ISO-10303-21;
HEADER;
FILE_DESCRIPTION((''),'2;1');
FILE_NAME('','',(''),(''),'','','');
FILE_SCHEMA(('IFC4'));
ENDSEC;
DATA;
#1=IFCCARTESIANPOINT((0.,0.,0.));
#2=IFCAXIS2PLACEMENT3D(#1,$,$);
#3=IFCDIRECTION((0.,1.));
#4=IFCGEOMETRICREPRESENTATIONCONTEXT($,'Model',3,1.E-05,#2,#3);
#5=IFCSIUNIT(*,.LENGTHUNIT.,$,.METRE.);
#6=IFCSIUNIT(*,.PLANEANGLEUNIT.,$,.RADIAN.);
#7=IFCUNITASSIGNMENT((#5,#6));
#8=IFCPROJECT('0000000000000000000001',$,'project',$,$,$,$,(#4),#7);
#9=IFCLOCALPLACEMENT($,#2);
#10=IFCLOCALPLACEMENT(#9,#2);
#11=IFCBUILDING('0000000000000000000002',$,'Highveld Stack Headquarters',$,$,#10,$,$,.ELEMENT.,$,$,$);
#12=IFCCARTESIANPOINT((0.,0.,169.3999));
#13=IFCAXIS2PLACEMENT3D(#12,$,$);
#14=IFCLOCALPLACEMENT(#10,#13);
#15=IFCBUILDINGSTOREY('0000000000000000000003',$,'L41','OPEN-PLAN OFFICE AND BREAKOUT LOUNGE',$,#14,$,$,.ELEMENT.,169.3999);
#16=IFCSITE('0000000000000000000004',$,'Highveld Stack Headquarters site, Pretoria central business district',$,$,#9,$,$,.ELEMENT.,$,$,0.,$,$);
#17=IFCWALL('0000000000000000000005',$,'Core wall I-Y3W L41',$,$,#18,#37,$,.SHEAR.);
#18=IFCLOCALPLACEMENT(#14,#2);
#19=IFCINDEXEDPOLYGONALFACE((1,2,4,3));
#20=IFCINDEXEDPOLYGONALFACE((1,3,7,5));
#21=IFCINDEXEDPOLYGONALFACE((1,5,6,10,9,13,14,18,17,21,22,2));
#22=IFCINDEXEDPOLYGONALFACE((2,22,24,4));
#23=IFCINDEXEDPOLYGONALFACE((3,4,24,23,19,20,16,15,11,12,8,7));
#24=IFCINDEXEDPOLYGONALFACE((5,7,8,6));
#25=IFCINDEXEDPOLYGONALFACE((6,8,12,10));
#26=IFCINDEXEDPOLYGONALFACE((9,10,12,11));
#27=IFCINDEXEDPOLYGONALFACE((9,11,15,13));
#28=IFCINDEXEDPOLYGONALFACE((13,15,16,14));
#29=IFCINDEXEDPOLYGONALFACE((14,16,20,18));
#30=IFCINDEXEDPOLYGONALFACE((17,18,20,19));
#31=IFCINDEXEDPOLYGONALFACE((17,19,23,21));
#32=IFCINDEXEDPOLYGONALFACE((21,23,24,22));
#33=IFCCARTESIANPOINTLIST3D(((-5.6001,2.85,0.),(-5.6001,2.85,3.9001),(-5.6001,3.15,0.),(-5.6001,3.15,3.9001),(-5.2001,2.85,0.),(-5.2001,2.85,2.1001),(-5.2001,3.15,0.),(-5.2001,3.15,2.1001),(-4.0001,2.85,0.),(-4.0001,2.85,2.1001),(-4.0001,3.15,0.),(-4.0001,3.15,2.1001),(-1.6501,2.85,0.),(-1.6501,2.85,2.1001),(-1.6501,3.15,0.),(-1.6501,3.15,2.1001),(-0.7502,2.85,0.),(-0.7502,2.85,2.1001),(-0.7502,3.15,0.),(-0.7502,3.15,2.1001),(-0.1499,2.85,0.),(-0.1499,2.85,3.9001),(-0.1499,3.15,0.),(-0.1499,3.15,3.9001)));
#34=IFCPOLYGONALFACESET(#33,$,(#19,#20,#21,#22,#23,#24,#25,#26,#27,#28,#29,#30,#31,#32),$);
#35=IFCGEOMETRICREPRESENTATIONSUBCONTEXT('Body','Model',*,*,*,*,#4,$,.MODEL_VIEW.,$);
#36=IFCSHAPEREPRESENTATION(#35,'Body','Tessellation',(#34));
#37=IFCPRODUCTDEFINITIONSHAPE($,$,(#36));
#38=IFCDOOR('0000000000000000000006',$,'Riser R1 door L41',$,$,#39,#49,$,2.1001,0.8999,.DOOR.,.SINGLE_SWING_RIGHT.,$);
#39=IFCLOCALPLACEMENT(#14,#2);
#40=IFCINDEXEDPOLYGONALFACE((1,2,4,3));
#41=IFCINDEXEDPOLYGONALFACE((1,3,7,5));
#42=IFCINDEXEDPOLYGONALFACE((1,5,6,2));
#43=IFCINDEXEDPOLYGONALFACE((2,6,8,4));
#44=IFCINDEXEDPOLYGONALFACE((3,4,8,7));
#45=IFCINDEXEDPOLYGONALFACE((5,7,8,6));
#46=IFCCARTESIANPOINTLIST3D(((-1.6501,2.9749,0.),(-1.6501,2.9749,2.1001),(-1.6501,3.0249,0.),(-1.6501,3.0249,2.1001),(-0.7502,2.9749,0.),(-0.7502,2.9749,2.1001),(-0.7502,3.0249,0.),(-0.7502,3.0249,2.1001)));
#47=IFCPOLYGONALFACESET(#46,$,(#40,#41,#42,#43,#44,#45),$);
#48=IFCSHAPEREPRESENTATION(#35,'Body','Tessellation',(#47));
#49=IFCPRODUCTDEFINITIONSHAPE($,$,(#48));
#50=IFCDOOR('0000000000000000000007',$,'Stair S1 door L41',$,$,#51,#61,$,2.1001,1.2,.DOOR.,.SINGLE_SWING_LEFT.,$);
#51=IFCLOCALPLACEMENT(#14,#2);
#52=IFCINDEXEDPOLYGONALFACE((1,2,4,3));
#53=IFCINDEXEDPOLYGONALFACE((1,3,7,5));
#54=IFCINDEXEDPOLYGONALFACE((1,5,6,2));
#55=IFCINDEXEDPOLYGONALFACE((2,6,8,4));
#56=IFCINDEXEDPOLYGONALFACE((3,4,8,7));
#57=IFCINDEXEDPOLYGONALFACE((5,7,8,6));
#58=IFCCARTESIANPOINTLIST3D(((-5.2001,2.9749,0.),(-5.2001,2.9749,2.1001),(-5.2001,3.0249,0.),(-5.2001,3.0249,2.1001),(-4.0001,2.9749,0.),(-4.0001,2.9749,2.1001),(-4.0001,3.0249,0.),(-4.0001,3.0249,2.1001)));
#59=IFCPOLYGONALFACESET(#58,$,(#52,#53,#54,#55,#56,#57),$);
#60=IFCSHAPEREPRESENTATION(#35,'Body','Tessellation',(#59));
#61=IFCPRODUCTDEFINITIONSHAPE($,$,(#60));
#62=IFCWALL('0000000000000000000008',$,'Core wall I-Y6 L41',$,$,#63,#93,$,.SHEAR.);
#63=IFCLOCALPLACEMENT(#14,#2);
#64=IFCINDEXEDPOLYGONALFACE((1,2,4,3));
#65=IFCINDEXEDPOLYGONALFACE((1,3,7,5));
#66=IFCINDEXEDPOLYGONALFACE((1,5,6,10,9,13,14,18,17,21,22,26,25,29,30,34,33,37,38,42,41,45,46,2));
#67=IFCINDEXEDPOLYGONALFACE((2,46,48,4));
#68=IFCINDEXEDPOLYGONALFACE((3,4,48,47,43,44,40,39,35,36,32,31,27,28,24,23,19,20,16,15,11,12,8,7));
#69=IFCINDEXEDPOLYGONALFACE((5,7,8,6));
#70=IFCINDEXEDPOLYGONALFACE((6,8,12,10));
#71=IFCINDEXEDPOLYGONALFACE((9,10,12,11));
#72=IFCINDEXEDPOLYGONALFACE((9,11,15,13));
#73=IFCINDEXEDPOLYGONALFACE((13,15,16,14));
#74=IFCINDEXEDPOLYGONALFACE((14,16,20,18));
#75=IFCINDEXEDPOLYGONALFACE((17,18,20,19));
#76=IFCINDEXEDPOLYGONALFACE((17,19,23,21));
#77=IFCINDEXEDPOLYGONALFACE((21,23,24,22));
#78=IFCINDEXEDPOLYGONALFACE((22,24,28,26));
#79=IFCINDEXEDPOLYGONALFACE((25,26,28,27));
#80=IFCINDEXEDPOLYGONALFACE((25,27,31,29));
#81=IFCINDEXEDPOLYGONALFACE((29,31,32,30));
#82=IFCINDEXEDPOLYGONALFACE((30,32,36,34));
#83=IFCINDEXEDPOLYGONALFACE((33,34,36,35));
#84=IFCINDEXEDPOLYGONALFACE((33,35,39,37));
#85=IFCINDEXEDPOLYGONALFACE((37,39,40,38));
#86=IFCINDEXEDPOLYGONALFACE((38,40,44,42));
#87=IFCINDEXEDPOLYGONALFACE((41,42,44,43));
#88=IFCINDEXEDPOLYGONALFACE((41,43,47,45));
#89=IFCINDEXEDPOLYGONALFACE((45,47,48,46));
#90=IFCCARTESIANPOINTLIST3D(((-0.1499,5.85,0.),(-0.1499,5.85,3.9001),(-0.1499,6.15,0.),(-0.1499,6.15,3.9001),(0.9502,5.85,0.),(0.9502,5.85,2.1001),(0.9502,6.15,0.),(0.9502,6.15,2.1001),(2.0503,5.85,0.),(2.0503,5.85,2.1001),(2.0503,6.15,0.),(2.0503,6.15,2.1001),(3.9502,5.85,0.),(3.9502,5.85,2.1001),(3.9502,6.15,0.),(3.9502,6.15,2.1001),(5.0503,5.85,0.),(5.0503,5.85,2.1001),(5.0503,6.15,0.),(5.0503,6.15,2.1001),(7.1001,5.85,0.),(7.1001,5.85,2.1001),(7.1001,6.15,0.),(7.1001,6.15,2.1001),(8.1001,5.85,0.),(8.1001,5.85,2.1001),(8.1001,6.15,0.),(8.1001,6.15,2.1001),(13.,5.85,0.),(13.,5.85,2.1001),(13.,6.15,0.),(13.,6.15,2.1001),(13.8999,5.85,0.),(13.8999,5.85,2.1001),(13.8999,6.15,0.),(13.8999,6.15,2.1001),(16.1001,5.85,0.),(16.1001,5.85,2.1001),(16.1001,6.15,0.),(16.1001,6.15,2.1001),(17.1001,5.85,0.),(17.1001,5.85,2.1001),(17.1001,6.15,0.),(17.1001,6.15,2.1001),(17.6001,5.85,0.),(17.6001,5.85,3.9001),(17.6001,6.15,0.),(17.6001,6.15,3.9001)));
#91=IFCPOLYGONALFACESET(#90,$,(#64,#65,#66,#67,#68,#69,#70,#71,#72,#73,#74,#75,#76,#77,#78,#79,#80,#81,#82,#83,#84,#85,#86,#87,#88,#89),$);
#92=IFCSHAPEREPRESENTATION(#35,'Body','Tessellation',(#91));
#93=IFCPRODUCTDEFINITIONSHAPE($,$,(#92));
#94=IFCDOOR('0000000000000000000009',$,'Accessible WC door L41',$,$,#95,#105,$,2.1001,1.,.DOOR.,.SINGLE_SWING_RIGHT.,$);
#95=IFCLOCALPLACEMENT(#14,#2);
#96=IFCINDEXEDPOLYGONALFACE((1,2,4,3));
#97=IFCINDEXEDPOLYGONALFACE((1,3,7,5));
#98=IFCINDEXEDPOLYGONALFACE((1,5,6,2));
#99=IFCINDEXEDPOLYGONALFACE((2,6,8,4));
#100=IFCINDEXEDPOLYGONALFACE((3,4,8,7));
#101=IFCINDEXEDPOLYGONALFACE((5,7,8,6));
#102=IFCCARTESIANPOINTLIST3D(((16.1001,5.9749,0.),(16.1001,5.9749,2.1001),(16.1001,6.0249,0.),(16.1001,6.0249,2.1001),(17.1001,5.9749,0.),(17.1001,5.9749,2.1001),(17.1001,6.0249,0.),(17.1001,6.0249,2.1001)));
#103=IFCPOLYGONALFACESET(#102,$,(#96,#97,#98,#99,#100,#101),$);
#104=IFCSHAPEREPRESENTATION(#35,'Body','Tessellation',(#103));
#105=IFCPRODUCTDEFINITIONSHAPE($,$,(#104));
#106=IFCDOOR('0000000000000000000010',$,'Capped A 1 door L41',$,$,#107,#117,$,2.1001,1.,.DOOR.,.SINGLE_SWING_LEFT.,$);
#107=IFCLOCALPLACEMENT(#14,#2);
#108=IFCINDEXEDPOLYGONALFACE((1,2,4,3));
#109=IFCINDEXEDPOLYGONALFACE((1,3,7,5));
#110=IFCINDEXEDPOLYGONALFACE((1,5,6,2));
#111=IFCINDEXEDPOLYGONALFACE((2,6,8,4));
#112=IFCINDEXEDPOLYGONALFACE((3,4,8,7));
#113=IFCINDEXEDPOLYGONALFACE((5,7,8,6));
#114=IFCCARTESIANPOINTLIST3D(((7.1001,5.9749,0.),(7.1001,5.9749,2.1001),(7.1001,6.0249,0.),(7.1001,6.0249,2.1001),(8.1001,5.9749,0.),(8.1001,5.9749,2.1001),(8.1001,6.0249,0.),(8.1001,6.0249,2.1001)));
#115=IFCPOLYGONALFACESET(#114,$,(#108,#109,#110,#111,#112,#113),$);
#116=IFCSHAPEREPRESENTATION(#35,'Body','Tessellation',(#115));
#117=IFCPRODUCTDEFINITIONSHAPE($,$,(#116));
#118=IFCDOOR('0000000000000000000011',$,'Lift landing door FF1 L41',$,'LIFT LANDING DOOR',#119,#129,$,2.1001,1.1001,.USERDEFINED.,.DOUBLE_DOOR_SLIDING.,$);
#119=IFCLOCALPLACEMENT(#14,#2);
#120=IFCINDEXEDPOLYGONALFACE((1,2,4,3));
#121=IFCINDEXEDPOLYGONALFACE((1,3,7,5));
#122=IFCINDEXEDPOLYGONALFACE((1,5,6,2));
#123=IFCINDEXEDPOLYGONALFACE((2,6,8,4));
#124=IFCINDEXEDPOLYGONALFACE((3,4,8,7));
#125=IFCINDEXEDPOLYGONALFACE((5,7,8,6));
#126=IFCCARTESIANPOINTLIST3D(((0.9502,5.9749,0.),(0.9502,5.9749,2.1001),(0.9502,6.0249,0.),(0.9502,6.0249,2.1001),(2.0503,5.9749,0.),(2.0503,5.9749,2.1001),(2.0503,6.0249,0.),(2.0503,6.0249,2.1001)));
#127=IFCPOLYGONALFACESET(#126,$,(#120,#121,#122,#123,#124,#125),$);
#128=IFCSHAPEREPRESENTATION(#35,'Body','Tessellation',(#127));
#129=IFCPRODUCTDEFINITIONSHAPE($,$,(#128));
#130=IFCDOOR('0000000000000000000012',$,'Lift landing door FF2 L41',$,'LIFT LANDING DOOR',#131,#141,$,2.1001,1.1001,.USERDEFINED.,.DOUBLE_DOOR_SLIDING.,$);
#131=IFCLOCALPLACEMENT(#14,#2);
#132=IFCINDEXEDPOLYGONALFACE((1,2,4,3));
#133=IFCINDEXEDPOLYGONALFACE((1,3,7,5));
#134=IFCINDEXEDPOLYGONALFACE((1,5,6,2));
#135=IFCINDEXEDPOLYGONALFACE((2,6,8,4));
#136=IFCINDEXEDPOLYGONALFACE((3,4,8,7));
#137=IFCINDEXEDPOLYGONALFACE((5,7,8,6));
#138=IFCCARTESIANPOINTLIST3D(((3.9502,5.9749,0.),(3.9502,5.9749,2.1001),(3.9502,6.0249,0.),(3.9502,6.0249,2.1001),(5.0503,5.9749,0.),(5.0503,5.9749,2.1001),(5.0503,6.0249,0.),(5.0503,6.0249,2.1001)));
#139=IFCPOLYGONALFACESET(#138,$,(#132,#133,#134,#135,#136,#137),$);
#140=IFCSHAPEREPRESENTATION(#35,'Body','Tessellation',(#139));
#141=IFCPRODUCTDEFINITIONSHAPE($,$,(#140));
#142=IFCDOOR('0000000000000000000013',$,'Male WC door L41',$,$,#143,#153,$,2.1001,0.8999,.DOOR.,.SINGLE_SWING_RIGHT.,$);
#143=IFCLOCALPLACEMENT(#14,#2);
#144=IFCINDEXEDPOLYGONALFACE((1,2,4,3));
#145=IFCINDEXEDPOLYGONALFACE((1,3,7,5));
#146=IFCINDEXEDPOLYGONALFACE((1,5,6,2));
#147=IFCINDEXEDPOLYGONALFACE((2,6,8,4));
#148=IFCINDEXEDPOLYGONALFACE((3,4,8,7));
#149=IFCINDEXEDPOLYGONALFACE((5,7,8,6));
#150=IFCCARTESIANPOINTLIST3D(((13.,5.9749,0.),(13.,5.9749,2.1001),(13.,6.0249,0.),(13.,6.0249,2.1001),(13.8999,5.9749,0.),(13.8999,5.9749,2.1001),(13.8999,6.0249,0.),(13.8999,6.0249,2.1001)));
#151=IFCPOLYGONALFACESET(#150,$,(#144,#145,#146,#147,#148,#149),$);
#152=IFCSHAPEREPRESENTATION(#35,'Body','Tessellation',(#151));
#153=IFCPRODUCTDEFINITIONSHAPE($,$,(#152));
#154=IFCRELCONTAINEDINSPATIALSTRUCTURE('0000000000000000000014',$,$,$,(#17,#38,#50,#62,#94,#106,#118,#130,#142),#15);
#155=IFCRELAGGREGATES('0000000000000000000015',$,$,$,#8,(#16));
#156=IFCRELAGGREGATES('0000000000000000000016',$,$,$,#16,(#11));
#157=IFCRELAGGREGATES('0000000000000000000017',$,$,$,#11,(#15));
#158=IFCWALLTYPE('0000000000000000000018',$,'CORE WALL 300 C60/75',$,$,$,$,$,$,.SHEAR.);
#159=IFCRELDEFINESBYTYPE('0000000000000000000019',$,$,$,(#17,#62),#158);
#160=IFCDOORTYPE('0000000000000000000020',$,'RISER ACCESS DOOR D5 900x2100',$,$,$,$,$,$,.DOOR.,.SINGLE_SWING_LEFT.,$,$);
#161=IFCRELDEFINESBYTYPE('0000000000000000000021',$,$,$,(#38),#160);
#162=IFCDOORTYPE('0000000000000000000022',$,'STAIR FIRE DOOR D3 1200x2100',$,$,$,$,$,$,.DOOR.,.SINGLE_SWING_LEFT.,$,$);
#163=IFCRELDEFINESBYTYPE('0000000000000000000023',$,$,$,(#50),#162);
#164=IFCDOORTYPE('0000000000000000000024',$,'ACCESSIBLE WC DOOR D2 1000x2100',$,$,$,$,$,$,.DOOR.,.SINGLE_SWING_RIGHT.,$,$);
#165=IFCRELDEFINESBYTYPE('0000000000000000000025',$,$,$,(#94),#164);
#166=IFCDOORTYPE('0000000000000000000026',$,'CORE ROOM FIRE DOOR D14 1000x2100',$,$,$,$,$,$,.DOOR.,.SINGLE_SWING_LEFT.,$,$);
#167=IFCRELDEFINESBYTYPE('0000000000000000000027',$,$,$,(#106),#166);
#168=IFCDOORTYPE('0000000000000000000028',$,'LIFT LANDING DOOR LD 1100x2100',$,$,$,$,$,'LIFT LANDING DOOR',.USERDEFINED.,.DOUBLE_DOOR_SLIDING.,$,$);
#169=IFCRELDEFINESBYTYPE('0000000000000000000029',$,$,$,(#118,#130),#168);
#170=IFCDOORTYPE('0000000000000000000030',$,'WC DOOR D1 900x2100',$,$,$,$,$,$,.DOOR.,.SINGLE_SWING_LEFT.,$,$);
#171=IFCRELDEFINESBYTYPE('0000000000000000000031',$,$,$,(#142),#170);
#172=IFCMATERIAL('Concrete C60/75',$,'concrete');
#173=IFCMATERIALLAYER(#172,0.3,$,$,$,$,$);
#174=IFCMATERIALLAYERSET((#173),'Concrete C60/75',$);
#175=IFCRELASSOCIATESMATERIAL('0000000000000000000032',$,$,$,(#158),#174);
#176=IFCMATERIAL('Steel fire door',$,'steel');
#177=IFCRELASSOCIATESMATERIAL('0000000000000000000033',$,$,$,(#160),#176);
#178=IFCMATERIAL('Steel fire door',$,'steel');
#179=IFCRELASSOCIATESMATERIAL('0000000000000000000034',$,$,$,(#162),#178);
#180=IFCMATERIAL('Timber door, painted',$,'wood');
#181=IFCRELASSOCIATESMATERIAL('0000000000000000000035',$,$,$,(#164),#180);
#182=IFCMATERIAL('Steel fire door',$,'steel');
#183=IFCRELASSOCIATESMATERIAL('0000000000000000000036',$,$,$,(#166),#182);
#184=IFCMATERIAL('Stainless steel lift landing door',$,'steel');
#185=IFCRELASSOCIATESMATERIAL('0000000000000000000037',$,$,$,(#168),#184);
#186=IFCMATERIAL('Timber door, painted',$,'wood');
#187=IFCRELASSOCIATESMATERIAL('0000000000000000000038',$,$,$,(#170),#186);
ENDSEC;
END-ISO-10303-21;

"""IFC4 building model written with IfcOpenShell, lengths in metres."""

from ifc_helpers import new_model, si_unit, direction, frame, frame_2d, origin, place, context, subcontext, project, spatial, rectangle, extrude, material, layer, layer_set, type_object, element, fill, save


model = new_model("IFC4")

# Units and contexts
model_context = context("Model", 3, precision=1e-05, world=origin(), true_north=direction((0.0, 1.0)))
body_context = subcontext(model_context, "Body", "Model", "MODEL_VIEW")
ifc_project = project(units=[si_unit("LENGTHUNIT", "METRE"), si_unit("PLANEANGLEUNIT", "RADIAN")], contexts=[model_context])

# Site, building, storey
site_placement = place(None, origin())
site = spatial("IfcSite", under=ifc_project, at=site_placement, Name="Highveld Stack Headquarters site, Pretoria central business district", CompositionType="ELEMENT", RefElevation=0.0)
building_placement = place(site_placement, origin())
building = spatial("IfcBuilding", under=site, at=building_placement, Name="Highveld Stack Headquarters", CompositionType="ELEMENT")
storey_placement = place(building_placement, frame((0.0, 0.0, 169.3999)))
storey = spatial("IfcBuildingStorey", under=building, at=storey_placement, Name="L41", Description="OPEN-PLAN OFFICE AND BREAKOUT LOUNGE", CompositionType="ELEMENT", Elevation=169.3999)

# Walls, openings, doors
ifc_material_1 = material(Name="Concrete C60/75", Category="concrete")
ifc_layer_1 = layer(ifc_material_1, 0.3)
ifc_layer_set_1 = layer_set([ifc_layer_1], Name="Concrete C60/75")
wall_type_1 = type_object("IfcWallType", Name="CORE WALL 300 C60/75", PredefinedType="SHEAR", material=ifc_layer_set_1)
wall_1_placement = place(storey_placement, frame((-5.6001, 3.0, 0.0), z_axis=(0.0, 0.0, 1.0), x_axis=(1.0, 0.0, 0.0)))
wall_1 = element("IfcWall", 1, at=wall_1_placement, inside=storey, type_object=wall_type_1, Name="Core wall I-Y3W L41", PredefinedType="SHEAR", context=body_context, shape_type="SweptSolid", body=[
    extrude(rectangle(XDim=5.4502, YDim=0.3, at=frame_2d((2.7251, 0.0))), origin(), (0.0, 0.0, 1.0), 3.9001),
])
opening_1_placement = place(wall_1_placement, frame((0.3999, 0.0, 0.0)))
opening_1 = element("IfcOpeningElement", 2, at=opening_1_placement, cuts=wall_1, PredefinedType="OPENING", context=body_context, shape_type="SweptSolid", body=[
    extrude(rectangle(XDim=1.2, YDim=2.1001, at=frame_2d((0.6001, 1.05))), frame((0.0, 0.1599, 0.0), z_axis=(0.0, -1.0, 0.0), x_axis=(1.0, 0.0, 0.0)), (0.0, 0.0, 1.0), 0.3201),
])
opening_2_placement = place(wall_1_placement, frame((3.95, 0.0, 0.0)))
opening_2 = element("IfcOpeningElement", 3, at=opening_2_placement, cuts=wall_1, PredefinedType="OPENING", context=body_context, shape_type="SweptSolid", body=[
    extrude(rectangle(XDim=0.8999, YDim=2.1001, at=frame_2d((0.45, 1.05))), frame((0.0, 0.1599, 0.0), z_axis=(0.0, -1.0, 0.0), x_axis=(1.0, 0.0, 0.0)), (0.0, 0.0, 1.0), 0.3201),
])
ifc_material_2 = material(Name="Steel fire door", Category="steel")
door_type_1 = type_object("IfcDoorType", Name="RISER ACCESS DOOR D5 900x2100", OperationType="SINGLE_SWING_LEFT", PredefinedType="DOOR", material=ifc_material_2)
door_1_placement = place(opening_2_placement, origin())
door_1 = element("IfcDoor", 4, at=door_1_placement, inside=storey, type_object=door_type_1, Name="Riser R1 door L41", OperationType="SINGLE_SWING_RIGHT", OverallHeight=2.1001, OverallWidth=0.8999, PredefinedType="DOOR", context=body_context, shape_type="SweptSolid", body=[
    extrude(rectangle(XDim=0.8999, YDim=2.1001, at=frame_2d((0.45, 1.05))), frame((0.0, 0.0249, 0.0), z_axis=(0.0, -1.0, 0.0), x_axis=(1.0, 0.0, 0.0)), (0.0, 0.0, 1.0), 0.05),
])
fill(opening_2, door_1)
ifc_material_3 = material(Name="Steel fire door", Category="steel")
door_type_2 = type_object("IfcDoorType", Name="STAIR FIRE DOOR D3 1200x2100", OperationType="SINGLE_SWING_LEFT", PredefinedType="DOOR", material=ifc_material_3)
door_2_placement = place(opening_1_placement, origin())
door_2 = element("IfcDoor", 5, at=door_2_placement, inside=storey, type_object=door_type_2, Name="Stair S1 door L41", OperationType="SINGLE_SWING_LEFT", OverallHeight=2.1001, OverallWidth=1.2, PredefinedType="DOOR", context=body_context, shape_type="SweptSolid", body=[
    extrude(rectangle(XDim=1.2, YDim=2.1001, at=frame_2d((0.6001, 1.05))), frame((0.0, 0.0249, 0.0), z_axis=(0.0, -1.0, 0.0), x_axis=(1.0, 0.0, 0.0)), (0.0, 0.0, 1.0), 0.05),
])
fill(opening_1, door_2)
wall_2_placement = place(storey_placement, frame((-0.1499, 6.0, 0.0), z_axis=(0.0, 0.0, 1.0), x_axis=(1.0, 0.0, 0.0)))
wall_2 = element("IfcWall", 6, at=wall_2_placement, inside=storey, type_object=wall_type_1, Name="Core wall I-Y6 L41", PredefinedType="SHEAR", context=body_context, shape_type="SweptSolid", body=[
    extrude(rectangle(XDim=17.75, YDim=0.3, at=frame_2d((8.875, 0.0))), origin(), (0.0, 0.0, 1.0), 3.9001),
])
opening_3_placement = place(wall_2_placement, frame((13.1499, 0.0, 0.0)))
opening_3 = element("IfcOpeningElement", 7, at=opening_3_placement, cuts=wall_2, PredefinedType="OPENING", context=body_context, shape_type="SweptSolid", body=[
    extrude(rectangle(XDim=0.8999, YDim=2.1001, at=frame_2d((0.45, 1.05))), frame((0.0, 0.1599, 0.0), z_axis=(0.0, -1.0, 0.0), x_axis=(1.0, 0.0, 0.0)), (0.0, 0.0, 1.0), 0.3201),
])
opening_4_placement = place(wall_2_placement, frame((16.25, 0.0, 0.0)))
opening_4 = element("IfcOpeningElement", 8, at=opening_4_placement, cuts=wall_2, PredefinedType="OPENING", context=body_context, shape_type="SweptSolid", body=[
    extrude(rectangle(XDim=1.0, YDim=2.1001, at=frame_2d((0.5, 1.05))), frame((0.0, 0.1599, 0.0), z_axis=(0.0, -1.0, 0.0), x_axis=(1.0, 0.0, 0.0)), (0.0, 0.0, 1.0), 0.3201),
])
opening_5_placement = place(wall_2_placement, frame((7.25, 0.0, 0.0)))
opening_5 = element("IfcOpeningElement", 9, at=opening_5_placement, cuts=wall_2, PredefinedType="OPENING", context=body_context, shape_type="SweptSolid", body=[
    extrude(rectangle(XDim=1.0, YDim=2.1001, at=frame_2d((0.5, 1.05))), frame((0.0, 0.1599, 0.0), z_axis=(0.0, -1.0, 0.0), x_axis=(1.0, 0.0, 0.0)), (0.0, 0.0, 1.0), 0.3201),
])
opening_6_placement = place(wall_2_placement, frame((1.1001, 0.0, 0.0)))
opening_6 = element("IfcOpeningElement", 10, at=opening_6_placement, cuts=wall_2, PredefinedType="OPENING", context=body_context, shape_type="SweptSolid", body=[
    extrude(rectangle(XDim=1.1001, YDim=2.1001, at=frame_2d((0.55, 1.05))), frame((0.0, 0.1599, 0.0), z_axis=(0.0, -1.0, 0.0), x_axis=(1.0, 0.0, 0.0)), (0.0, 0.0, 1.0), 0.3201),
])
opening_7_placement = place(wall_2_placement, frame((4.1001, 0.0, 0.0)))
opening_7 = element("IfcOpeningElement", 11, at=opening_7_placement, cuts=wall_2, PredefinedType="OPENING", context=body_context, shape_type="SweptSolid", body=[
    extrude(rectangle(XDim=1.1001, YDim=2.1001, at=frame_2d((0.55, 1.05))), frame((0.0, 0.1599, 0.0), z_axis=(0.0, -1.0, 0.0), x_axis=(1.0, 0.0, 0.0)), (0.0, 0.0, 1.0), 0.3201),
])
ifc_material_4 = material(Name="Timber door, painted", Category="wood")
door_type_3 = type_object("IfcDoorType", Name="ACCESSIBLE WC DOOR D2 1000x2100", OperationType="SINGLE_SWING_RIGHT", PredefinedType="DOOR", material=ifc_material_4)
door_3_placement = place(opening_4_placement, origin())
door_3 = element("IfcDoor", 12, at=door_3_placement, inside=storey, type_object=door_type_3, Name="Accessible WC door L41", OperationType="SINGLE_SWING_RIGHT", OverallHeight=2.1001, OverallWidth=1.0, PredefinedType="DOOR", context=body_context, shape_type="SweptSolid", body=[
    extrude(rectangle(XDim=1.0, YDim=2.1001, at=frame_2d((0.5, 1.05))), frame((0.0, 0.0249, 0.0), z_axis=(0.0, -1.0, 0.0), x_axis=(1.0, 0.0, 0.0)), (0.0, 0.0, 1.0), 0.05),
])
fill(opening_4, door_3)
ifc_material_5 = material(Name="Steel fire door", Category="steel")
door_type_4 = type_object("IfcDoorType", Name="CORE ROOM FIRE DOOR D14 1000x2100", OperationType="SINGLE_SWING_LEFT", PredefinedType="DOOR", material=ifc_material_5)
door_4_placement = place(opening_5_placement, origin())
door_4 = element("IfcDoor", 13, at=door_4_placement, inside=storey, type_object=door_type_4, Name="Capped A 1 door L41", OperationType="SINGLE_SWING_LEFT", OverallHeight=2.1001, OverallWidth=1.0, PredefinedType="DOOR", context=body_context, shape_type="SweptSolid", body=[
    extrude(rectangle(XDim=1.0, YDim=2.1001, at=frame_2d((0.5, 1.05))), frame((0.0, 0.0249, 0.0), z_axis=(0.0, -1.0, 0.0), x_axis=(1.0, 0.0, 0.0)), (0.0, 0.0, 1.0), 0.05),
])
fill(opening_5, door_4)
ifc_material_6 = material(Name="Stainless steel lift landing door", Category="steel")
door_type_5 = type_object("IfcDoorType", Name="LIFT LANDING DOOR LD 1100x2100", ElementType="LIFT LANDING DOOR", OperationType="DOUBLE_DOOR_SLIDING", PredefinedType="USERDEFINED", material=ifc_material_6)
door_5_placement = place(opening_6_placement, origin())
door_5 = element("IfcDoor", 14, at=door_5_placement, inside=storey, type_object=door_type_5, Name="Lift landing door FF1 L41", ObjectType="LIFT LANDING DOOR", OperationType="DOUBLE_DOOR_SLIDING", OverallHeight=2.1001, OverallWidth=1.1001, PredefinedType="USERDEFINED", context=body_context, shape_type="SweptSolid", body=[
    extrude(rectangle(XDim=1.1001, YDim=2.1001, at=frame_2d((0.55, 1.05))), frame((0.0, 0.0249, 0.0), z_axis=(0.0, -1.0, 0.0), x_axis=(1.0, 0.0, 0.0)), (0.0, 0.0, 1.0), 0.05),
])
fill(opening_6, door_5)
door_6_placement = place(opening_7_placement, origin())
door_6 = element("IfcDoor", 15, at=door_6_placement, inside=storey, type_object=door_type_5, Name="Lift landing door FF2 L41", ObjectType="LIFT LANDING DOOR", OperationType="DOUBLE_DOOR_SLIDING", OverallHeight=2.1001, OverallWidth=1.1001, PredefinedType="USERDEFINED", context=body_context, shape_type="SweptSolid", body=[
    extrude(rectangle(XDim=1.1001, YDim=2.1001, at=frame_2d((0.55, 1.05))), frame((0.0, 0.0249, 0.0), z_axis=(0.0, -1.0, 0.0), x_axis=(1.0, 0.0, 0.0)), (0.0, 0.0, 1.0), 0.05),
])
fill(opening_7, door_6)
ifc_material_7 = material(Name="Timber door, painted", Category="wood")
door_type_6 = type_object("IfcDoorType", Name="WC DOOR D1 900x2100", OperationType="SINGLE_SWING_LEFT", PredefinedType="DOOR", material=ifc_material_7)
door_7_placement = place(opening_3_placement, origin())
door_7 = element("IfcDoor", 16, at=door_7_placement, inside=storey, type_object=door_type_6, Name="Male WC door L41", OperationType="SINGLE_SWING_RIGHT", OverallHeight=2.1001, OverallWidth=0.8999, PredefinedType="DOOR", context=body_context, shape_type="SweptSolid", body=[
    extrude(rectangle(XDim=0.8999, YDim=2.1001, at=frame_2d((0.45, 1.05))), frame((0.0, 0.0249, 0.0), z_axis=(0.0, -1.0, 0.0), x_axis=(1.0, 0.0, 0.0)), (0.0, 0.0, 1.0), 0.05),
])
fill(opening_3, door_7)

save(model, "model.ifc")
